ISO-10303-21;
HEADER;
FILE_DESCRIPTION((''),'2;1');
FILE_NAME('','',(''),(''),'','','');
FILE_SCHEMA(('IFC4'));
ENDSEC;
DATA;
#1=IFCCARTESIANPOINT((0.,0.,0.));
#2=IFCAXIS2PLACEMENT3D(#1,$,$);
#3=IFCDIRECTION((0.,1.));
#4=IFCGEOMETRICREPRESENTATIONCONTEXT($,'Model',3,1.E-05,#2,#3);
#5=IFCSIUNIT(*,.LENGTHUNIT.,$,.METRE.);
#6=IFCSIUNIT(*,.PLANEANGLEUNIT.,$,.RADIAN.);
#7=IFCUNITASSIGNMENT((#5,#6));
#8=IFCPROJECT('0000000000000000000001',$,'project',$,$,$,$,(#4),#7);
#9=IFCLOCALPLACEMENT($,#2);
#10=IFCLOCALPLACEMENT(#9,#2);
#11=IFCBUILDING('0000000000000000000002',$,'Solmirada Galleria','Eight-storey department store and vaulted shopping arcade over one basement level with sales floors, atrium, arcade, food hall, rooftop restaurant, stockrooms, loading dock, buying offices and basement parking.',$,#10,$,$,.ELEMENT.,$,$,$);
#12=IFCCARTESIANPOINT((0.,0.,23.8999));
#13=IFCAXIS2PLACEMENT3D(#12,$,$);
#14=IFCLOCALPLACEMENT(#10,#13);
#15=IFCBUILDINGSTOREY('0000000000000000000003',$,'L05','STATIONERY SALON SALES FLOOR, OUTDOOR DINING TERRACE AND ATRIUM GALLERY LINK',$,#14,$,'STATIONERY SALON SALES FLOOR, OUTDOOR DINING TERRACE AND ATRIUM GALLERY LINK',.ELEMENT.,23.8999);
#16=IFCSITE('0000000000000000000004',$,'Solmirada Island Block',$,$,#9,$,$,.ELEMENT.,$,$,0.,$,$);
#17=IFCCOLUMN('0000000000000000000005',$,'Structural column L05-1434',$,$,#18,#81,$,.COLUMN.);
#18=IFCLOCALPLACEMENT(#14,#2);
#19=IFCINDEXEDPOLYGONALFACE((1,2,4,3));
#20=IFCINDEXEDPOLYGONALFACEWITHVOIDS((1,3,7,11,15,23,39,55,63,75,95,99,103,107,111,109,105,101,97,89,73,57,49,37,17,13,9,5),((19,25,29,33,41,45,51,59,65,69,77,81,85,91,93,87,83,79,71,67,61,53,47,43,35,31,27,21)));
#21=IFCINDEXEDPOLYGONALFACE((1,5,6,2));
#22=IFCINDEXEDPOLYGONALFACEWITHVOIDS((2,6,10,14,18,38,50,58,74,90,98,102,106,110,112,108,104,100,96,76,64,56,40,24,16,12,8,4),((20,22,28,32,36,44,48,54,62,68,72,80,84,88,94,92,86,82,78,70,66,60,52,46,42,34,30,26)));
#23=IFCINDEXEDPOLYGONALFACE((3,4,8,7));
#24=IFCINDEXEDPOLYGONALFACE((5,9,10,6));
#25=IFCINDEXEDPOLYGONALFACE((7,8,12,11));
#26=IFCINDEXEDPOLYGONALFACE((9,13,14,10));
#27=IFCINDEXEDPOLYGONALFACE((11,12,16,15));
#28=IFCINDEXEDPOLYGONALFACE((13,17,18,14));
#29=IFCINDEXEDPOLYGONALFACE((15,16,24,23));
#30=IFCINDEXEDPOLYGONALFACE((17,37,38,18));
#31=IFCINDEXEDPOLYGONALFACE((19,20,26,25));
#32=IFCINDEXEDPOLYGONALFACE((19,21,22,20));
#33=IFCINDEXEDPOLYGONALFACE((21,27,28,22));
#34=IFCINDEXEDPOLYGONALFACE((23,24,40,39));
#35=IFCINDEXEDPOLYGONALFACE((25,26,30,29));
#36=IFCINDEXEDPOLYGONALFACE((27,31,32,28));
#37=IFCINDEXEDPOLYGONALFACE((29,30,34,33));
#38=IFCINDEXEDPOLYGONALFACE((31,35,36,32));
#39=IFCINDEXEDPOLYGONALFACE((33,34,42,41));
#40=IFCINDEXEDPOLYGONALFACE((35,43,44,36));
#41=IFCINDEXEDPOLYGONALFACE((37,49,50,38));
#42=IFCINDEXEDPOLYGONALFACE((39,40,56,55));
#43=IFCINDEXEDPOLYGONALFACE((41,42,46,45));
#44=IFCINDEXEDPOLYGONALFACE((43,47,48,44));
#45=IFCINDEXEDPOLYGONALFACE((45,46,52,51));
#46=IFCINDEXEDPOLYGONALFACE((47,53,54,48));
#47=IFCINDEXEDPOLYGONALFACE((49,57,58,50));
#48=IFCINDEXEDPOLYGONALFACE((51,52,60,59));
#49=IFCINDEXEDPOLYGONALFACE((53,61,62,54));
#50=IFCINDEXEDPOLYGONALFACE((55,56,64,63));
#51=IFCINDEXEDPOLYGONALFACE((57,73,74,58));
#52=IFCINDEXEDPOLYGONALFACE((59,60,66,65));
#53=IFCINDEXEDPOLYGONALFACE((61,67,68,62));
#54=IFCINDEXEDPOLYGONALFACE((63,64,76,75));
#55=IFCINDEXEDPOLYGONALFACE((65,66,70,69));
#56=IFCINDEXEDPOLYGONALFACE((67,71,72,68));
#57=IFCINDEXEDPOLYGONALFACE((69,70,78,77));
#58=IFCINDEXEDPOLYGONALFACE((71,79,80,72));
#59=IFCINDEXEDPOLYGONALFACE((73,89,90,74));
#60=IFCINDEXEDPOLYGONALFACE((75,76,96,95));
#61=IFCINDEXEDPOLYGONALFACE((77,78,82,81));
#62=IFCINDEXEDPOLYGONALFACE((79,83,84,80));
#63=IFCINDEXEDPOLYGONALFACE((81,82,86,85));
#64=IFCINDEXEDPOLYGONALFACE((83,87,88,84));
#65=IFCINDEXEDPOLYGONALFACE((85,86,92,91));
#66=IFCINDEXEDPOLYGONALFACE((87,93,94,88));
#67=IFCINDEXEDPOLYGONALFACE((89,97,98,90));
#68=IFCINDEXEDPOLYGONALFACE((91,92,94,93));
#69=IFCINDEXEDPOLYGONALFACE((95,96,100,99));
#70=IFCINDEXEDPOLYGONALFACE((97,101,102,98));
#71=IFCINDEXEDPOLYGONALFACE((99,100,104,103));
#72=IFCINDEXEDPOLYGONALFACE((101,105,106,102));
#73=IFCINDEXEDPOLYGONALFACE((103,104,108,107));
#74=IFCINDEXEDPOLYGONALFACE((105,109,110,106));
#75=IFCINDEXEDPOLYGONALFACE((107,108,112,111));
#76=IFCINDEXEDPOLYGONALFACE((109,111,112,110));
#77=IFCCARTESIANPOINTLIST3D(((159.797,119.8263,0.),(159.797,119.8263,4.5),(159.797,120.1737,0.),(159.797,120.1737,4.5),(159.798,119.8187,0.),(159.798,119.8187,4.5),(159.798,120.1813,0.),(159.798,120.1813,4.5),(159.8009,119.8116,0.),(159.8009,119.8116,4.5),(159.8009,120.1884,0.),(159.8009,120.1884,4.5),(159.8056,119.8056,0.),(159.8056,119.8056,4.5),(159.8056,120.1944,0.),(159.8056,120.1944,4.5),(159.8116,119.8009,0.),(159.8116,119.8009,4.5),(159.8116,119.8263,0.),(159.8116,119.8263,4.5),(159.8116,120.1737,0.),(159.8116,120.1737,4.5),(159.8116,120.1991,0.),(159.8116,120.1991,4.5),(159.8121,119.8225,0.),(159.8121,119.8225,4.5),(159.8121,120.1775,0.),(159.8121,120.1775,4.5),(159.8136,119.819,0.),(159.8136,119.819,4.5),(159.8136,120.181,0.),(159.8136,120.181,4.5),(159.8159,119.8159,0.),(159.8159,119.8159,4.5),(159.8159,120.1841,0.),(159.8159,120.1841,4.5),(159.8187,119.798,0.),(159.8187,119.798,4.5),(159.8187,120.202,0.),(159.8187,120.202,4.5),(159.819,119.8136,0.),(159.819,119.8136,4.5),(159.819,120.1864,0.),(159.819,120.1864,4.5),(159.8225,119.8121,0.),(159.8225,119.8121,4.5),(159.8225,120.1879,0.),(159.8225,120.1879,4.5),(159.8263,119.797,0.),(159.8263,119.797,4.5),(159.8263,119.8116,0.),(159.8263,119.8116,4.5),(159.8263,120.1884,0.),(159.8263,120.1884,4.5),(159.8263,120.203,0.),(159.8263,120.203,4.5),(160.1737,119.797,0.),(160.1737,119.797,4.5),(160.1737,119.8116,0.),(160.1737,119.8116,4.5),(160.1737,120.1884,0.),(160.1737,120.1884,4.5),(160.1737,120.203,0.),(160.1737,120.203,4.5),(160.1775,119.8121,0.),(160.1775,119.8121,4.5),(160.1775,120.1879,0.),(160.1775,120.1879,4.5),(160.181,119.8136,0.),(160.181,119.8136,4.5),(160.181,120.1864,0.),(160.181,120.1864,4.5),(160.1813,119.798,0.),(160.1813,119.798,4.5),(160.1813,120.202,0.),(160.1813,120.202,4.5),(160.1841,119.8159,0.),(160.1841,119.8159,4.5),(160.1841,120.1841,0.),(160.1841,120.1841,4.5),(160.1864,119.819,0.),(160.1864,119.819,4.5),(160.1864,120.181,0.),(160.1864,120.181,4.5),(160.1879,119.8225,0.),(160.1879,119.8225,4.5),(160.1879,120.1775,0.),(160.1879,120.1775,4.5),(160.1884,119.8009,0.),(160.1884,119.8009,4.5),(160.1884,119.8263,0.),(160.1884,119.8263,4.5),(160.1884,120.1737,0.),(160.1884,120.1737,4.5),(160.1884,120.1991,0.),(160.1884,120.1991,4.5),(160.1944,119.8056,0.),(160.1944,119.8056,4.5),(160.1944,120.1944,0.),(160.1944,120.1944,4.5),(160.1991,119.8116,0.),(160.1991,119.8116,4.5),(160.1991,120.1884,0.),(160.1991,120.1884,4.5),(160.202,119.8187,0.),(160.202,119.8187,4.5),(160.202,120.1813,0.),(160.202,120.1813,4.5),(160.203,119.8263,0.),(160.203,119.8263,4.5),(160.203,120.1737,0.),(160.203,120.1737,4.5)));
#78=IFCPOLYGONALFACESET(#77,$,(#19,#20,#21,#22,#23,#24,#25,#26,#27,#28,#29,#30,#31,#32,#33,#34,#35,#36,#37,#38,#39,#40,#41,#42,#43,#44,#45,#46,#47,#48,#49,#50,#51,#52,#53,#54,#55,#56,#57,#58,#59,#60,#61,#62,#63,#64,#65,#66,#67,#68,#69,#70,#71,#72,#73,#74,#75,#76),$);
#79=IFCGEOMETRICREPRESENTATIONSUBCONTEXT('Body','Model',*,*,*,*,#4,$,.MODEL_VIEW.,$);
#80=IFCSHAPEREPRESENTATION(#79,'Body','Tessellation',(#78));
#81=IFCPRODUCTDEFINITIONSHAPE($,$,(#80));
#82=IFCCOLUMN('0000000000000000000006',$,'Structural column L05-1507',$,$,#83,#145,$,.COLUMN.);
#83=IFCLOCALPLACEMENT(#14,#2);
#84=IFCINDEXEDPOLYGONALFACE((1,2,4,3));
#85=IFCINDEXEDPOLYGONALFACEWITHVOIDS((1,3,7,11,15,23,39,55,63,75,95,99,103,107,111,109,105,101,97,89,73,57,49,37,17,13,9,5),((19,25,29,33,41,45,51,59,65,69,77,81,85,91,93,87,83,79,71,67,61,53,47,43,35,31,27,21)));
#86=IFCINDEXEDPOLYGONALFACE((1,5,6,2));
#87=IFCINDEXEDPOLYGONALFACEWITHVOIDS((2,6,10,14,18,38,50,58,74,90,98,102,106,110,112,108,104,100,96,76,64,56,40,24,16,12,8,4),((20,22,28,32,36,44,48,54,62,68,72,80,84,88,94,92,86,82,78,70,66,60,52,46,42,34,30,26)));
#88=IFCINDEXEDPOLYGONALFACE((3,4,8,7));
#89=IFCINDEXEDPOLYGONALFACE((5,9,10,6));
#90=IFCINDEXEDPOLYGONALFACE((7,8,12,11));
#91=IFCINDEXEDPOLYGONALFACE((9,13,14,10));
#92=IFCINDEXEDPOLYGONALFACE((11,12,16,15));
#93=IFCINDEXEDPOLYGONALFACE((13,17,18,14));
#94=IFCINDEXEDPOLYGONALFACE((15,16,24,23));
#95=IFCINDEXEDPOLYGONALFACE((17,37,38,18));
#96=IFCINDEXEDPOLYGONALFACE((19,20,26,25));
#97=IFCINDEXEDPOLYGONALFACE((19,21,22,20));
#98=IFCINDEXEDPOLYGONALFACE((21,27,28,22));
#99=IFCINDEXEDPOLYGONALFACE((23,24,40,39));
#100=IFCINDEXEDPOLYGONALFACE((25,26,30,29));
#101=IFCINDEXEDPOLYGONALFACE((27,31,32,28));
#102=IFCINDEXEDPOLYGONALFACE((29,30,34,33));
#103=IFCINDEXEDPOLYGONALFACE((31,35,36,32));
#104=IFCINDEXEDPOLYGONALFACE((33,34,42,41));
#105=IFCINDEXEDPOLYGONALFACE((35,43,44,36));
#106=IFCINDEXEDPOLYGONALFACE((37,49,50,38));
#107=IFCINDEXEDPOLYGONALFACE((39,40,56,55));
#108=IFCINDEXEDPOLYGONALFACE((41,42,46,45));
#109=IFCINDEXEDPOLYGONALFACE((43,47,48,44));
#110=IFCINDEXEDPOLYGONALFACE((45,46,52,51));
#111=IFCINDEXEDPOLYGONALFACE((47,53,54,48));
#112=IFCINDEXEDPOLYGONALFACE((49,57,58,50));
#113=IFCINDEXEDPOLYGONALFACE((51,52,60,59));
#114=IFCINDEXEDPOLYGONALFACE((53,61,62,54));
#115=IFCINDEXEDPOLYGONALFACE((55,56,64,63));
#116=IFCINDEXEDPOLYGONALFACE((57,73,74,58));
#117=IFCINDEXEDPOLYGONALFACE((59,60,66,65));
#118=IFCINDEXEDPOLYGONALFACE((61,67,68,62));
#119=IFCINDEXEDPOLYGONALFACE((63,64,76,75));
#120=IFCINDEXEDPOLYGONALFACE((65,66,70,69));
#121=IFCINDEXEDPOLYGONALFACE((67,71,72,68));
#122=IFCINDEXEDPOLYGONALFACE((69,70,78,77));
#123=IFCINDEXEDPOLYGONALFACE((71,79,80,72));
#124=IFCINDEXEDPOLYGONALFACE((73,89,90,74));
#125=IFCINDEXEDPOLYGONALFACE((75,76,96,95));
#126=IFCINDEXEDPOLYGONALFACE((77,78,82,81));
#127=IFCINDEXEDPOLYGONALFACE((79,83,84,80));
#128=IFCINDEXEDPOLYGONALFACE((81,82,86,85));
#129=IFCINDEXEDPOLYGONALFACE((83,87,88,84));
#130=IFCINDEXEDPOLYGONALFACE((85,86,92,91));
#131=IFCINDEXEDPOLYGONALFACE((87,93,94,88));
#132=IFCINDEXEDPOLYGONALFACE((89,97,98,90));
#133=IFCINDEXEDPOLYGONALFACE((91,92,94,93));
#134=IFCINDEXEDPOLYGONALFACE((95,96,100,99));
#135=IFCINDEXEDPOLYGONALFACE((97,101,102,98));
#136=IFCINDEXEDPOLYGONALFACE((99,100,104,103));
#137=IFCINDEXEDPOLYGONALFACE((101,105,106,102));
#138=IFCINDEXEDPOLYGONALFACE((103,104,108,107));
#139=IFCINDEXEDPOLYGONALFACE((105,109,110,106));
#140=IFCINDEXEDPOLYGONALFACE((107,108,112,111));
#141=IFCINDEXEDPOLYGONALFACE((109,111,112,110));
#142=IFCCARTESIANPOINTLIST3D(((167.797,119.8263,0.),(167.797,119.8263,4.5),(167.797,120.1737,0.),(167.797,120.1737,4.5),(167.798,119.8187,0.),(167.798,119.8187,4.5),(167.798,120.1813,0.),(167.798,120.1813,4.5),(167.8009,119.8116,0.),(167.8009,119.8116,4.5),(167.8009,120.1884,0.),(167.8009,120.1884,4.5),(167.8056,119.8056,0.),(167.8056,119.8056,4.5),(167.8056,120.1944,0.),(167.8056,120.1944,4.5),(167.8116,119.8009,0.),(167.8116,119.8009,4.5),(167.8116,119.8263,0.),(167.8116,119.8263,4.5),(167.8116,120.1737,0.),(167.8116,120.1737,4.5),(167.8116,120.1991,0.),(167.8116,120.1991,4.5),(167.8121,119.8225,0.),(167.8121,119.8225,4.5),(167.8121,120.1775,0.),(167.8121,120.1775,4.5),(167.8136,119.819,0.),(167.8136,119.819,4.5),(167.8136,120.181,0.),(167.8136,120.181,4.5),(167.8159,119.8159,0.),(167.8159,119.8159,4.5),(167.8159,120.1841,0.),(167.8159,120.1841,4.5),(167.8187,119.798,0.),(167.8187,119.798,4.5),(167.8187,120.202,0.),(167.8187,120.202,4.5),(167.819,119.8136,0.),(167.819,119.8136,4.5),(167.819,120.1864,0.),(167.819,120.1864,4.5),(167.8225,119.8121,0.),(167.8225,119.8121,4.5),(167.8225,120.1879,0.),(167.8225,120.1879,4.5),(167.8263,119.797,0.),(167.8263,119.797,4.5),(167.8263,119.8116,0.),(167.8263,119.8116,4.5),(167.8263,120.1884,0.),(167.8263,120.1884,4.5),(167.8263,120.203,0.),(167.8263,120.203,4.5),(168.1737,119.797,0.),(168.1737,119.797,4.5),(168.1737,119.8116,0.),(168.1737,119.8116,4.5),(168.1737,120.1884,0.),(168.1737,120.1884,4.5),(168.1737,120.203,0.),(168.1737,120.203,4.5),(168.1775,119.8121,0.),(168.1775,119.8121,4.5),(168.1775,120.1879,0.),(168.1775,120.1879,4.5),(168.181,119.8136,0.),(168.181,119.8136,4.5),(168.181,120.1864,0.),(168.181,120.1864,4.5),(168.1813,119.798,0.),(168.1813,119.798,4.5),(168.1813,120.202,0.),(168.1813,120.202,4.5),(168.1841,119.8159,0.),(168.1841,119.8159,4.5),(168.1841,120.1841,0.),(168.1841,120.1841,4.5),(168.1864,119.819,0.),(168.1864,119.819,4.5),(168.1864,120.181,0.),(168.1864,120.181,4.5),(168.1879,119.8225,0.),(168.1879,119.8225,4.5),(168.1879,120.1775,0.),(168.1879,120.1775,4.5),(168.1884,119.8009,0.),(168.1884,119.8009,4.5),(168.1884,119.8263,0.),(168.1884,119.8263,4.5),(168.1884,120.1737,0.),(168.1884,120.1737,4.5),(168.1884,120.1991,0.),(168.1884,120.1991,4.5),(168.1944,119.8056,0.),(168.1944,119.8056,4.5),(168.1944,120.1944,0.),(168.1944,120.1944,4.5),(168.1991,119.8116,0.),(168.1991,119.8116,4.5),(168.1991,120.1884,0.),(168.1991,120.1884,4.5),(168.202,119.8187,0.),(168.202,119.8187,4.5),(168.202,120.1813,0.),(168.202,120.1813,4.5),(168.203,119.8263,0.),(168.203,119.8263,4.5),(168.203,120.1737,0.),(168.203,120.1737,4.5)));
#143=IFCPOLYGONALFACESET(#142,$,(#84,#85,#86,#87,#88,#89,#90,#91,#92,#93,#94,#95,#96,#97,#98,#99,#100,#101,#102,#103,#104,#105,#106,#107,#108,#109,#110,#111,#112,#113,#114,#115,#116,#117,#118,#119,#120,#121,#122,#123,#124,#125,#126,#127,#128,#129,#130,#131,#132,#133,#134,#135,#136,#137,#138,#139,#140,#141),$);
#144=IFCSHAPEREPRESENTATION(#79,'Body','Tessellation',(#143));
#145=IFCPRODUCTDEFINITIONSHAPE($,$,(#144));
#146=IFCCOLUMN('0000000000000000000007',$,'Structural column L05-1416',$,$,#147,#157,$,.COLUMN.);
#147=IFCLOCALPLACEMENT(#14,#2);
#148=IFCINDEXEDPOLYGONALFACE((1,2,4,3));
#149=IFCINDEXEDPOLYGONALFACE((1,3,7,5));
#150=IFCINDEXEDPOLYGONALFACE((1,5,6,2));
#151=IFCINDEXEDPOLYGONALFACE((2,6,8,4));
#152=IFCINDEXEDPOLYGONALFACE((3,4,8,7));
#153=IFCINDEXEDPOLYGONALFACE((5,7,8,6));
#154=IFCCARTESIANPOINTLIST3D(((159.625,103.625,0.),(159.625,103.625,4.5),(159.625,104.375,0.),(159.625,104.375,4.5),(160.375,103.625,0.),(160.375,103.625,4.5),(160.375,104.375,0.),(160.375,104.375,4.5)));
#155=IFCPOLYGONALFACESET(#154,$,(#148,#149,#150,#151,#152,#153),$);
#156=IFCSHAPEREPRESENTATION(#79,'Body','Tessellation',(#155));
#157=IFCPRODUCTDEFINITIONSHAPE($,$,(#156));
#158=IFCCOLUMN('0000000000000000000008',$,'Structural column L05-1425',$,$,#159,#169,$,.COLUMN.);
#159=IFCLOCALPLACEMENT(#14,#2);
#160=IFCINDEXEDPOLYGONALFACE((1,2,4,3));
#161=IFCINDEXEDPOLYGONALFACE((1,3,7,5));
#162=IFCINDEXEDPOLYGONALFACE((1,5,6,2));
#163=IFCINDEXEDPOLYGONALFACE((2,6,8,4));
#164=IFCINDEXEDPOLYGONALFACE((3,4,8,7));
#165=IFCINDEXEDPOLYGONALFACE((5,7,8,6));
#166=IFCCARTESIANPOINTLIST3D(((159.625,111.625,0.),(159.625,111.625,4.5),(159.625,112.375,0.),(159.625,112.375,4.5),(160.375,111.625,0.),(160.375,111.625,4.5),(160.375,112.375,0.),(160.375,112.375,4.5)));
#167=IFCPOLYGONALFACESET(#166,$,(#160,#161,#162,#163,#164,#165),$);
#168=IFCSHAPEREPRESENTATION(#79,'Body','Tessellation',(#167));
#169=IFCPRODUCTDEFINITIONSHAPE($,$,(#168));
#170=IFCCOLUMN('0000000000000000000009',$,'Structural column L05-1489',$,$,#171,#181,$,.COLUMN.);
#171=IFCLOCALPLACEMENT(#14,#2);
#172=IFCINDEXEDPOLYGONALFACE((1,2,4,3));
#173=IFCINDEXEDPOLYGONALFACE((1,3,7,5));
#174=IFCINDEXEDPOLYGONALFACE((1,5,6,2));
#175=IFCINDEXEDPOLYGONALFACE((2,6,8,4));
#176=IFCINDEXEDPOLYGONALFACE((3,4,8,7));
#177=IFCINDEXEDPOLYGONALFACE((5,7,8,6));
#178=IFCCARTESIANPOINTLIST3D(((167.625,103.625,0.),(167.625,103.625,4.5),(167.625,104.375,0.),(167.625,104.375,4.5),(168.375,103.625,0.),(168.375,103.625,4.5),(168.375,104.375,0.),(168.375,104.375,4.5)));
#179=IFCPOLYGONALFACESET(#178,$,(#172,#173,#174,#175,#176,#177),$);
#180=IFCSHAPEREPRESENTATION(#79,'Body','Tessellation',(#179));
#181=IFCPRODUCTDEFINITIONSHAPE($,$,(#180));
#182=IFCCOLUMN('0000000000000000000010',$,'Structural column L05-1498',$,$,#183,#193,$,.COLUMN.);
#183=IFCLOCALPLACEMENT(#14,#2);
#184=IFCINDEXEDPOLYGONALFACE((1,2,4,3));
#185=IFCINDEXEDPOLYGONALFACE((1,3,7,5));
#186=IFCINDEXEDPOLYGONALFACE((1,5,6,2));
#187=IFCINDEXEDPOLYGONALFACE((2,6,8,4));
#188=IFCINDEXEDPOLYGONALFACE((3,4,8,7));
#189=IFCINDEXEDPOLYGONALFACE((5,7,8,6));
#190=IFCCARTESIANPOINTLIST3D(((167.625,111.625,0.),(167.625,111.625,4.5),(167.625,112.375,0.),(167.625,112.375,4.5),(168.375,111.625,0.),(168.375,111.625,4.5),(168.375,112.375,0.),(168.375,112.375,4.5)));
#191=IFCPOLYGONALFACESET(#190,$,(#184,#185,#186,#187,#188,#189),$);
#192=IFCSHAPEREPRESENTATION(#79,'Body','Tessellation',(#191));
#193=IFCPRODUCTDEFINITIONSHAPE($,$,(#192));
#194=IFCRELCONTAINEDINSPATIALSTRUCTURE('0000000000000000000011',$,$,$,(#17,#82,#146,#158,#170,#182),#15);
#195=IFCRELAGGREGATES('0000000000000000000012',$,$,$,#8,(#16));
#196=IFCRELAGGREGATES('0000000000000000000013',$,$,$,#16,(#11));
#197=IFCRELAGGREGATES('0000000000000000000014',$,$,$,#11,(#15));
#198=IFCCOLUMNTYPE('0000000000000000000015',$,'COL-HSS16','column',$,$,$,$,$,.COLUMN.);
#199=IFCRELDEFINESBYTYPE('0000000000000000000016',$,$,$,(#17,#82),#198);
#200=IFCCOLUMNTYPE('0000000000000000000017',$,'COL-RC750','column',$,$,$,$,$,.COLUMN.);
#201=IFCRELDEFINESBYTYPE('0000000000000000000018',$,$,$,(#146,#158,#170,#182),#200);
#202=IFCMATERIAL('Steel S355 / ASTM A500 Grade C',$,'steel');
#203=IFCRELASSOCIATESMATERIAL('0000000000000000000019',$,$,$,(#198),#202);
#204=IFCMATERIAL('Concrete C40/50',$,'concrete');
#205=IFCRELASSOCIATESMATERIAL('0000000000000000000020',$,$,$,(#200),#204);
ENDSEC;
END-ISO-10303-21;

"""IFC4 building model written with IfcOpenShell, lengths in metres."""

from ifc_helpers import new_model, si_unit, direction, frame, origin, origin_2d, place, context, subcontext, project, spatial, rectangle, hollow_rectangle, extrude, material, material_profile, profile_set, type_object, element, save


model = new_model("IFC4")

# Units and contexts
model_context = context("Model", 3, precision=1e-05, world=origin(), true_north=direction((0.0, 1.0)))
body_context = subcontext(model_context, "Body", "Model", "MODEL_VIEW")
ifc_project = project(units=[si_unit("LENGTHUNIT", "METRE"), si_unit("PLANEANGLEUNIT", "RADIAN")], contexts=[model_context])

# Site, building, storey
site_placement = place(None, origin())
site = spatial("IfcSite", under=ifc_project, at=site_placement, Name="Solmirada Island Block", CompositionType="ELEMENT", RefElevation=0.0)
building_placement = place(site_placement, origin())
building = spatial("IfcBuilding", under=site, at=building_placement, Name="Solmirada Galleria", Description="Eight-storey department store and vaulted shopping arcade over one basement level with sales floors, atrium, arcade, food hall, rooftop restaurant, stockrooms, loading dock, buying offices and basement parking.", CompositionType="ELEMENT")
storey_placement = place(building_placement, frame((0.0, 0.0, 23.8999)))
storey = spatial("IfcBuildingStorey", under=building, at=storey_placement, Name="L05", Description="STATIONERY SALON SALES FLOOR, OUTDOOR DINING TERRACE AND ATRIUM GALLERY LINK", LongName="STATIONERY SALON SALES FLOOR, OUTDOOR DINING TERRACE AND ATRIUM GALLERY LINK", CompositionType="ELEMENT", Elevation=23.8999)

# Columns
ifc_material_1 = material(Name="Steel S355 / ASTM A500 Grade C", Category="steel")
ifc_material_profile_1 = material_profile(ifc_material_1, hollow_rectangle(XDim=0.406, YDim=0.406, WallThickness=0.0146, InnerFilletRadius=0.0146, OuterFilletRadius=0.0293, at=origin_2d()), Name="HSS16X16X5/8")
ifc_profile_set_1 = profile_set([ifc_material_profile_1], Name="Steel S355 / ASTM A500 Grade C")
column_type_1 = type_object("IfcColumnType", Name="COL-HSS16", Description="column", PredefinedType="COLUMN", material=ifc_profile_set_1)
for number, where, z_axis, x_axis, name in (
    (1, (160.0, 120.0, 0.0), (0.0, 0.0, 1.0), (1.0, 0.0, 0.0), "Structural column L05-1434"),
    (2, (168.0, 120.0, 0.0), (0.0, 0.0, 1.0), (1.0, 0.0, 0.0), "Structural column L05-1507"),
):
    element("IfcColumn", number, at=place(storey_placement, frame(where, z_axis=z_axis, x_axis=x_axis)), inside=storey, type_object=column_type_1, Name=name, PredefinedType="COLUMN", context=body_context, shape_type="SweptSolid", body=[
        extrude(hollow_rectangle(XDim=0.406, YDim=0.406, WallThickness=0.0146, InnerFilletRadius=0.0146, OuterFilletRadius=0.0293, at=origin_2d()), origin(), (0.0, 0.0, 1.0), 4.5),
    ])
ifc_material_2 = material(Name="Concrete C40/50", Category="concrete")
ifc_material_profile_2 = material_profile(ifc_material_2, rectangle(XDim=0.75, YDim=0.75, at=origin_2d()), Name="RC750X750")
ifc_profile_set_2 = profile_set([ifc_material_profile_2], Name="Concrete C40/50")
column_type_2 = type_object("IfcColumnType", Name="COL-RC750", Description="column", PredefinedType="COLUMN", material=ifc_profile_set_2)
for number, where, z_axis, x_axis, name in (
    (3, (160.0, 104.0, 0.0), (0.0, 0.0, 1.0), (1.0, 0.0, 0.0), "Structural column L05-1416"),
    (4, (160.0, 112.0, 0.0), (0.0, 0.0, 1.0), (1.0, 0.0, 0.0), "Structural column L05-1425"),
    (5, (168.0, 104.0, 0.0), (0.0, 0.0, 1.0), (1.0, 0.0, 0.0), "Structural column L05-1489"),
    (6, (168.0, 112.0, 0.0), (0.0, 0.0, 1.0), (1.0, 0.0, 0.0), "Structural column L05-1498"),
):
    element("IfcColumn", number, at=place(storey_placement, frame(where, z_axis=z_axis, x_axis=x_axis)), inside=storey, type_object=column_type_2, Name=name, PredefinedType="COLUMN", context=body_context, shape_type="SweptSolid", body=[
        extrude(rectangle(XDim=0.75, YDim=0.75, at=origin_2d()), origin(), (0.0, 0.0, 1.0), 4.5),
    ])

save(model, "model.ifc")
